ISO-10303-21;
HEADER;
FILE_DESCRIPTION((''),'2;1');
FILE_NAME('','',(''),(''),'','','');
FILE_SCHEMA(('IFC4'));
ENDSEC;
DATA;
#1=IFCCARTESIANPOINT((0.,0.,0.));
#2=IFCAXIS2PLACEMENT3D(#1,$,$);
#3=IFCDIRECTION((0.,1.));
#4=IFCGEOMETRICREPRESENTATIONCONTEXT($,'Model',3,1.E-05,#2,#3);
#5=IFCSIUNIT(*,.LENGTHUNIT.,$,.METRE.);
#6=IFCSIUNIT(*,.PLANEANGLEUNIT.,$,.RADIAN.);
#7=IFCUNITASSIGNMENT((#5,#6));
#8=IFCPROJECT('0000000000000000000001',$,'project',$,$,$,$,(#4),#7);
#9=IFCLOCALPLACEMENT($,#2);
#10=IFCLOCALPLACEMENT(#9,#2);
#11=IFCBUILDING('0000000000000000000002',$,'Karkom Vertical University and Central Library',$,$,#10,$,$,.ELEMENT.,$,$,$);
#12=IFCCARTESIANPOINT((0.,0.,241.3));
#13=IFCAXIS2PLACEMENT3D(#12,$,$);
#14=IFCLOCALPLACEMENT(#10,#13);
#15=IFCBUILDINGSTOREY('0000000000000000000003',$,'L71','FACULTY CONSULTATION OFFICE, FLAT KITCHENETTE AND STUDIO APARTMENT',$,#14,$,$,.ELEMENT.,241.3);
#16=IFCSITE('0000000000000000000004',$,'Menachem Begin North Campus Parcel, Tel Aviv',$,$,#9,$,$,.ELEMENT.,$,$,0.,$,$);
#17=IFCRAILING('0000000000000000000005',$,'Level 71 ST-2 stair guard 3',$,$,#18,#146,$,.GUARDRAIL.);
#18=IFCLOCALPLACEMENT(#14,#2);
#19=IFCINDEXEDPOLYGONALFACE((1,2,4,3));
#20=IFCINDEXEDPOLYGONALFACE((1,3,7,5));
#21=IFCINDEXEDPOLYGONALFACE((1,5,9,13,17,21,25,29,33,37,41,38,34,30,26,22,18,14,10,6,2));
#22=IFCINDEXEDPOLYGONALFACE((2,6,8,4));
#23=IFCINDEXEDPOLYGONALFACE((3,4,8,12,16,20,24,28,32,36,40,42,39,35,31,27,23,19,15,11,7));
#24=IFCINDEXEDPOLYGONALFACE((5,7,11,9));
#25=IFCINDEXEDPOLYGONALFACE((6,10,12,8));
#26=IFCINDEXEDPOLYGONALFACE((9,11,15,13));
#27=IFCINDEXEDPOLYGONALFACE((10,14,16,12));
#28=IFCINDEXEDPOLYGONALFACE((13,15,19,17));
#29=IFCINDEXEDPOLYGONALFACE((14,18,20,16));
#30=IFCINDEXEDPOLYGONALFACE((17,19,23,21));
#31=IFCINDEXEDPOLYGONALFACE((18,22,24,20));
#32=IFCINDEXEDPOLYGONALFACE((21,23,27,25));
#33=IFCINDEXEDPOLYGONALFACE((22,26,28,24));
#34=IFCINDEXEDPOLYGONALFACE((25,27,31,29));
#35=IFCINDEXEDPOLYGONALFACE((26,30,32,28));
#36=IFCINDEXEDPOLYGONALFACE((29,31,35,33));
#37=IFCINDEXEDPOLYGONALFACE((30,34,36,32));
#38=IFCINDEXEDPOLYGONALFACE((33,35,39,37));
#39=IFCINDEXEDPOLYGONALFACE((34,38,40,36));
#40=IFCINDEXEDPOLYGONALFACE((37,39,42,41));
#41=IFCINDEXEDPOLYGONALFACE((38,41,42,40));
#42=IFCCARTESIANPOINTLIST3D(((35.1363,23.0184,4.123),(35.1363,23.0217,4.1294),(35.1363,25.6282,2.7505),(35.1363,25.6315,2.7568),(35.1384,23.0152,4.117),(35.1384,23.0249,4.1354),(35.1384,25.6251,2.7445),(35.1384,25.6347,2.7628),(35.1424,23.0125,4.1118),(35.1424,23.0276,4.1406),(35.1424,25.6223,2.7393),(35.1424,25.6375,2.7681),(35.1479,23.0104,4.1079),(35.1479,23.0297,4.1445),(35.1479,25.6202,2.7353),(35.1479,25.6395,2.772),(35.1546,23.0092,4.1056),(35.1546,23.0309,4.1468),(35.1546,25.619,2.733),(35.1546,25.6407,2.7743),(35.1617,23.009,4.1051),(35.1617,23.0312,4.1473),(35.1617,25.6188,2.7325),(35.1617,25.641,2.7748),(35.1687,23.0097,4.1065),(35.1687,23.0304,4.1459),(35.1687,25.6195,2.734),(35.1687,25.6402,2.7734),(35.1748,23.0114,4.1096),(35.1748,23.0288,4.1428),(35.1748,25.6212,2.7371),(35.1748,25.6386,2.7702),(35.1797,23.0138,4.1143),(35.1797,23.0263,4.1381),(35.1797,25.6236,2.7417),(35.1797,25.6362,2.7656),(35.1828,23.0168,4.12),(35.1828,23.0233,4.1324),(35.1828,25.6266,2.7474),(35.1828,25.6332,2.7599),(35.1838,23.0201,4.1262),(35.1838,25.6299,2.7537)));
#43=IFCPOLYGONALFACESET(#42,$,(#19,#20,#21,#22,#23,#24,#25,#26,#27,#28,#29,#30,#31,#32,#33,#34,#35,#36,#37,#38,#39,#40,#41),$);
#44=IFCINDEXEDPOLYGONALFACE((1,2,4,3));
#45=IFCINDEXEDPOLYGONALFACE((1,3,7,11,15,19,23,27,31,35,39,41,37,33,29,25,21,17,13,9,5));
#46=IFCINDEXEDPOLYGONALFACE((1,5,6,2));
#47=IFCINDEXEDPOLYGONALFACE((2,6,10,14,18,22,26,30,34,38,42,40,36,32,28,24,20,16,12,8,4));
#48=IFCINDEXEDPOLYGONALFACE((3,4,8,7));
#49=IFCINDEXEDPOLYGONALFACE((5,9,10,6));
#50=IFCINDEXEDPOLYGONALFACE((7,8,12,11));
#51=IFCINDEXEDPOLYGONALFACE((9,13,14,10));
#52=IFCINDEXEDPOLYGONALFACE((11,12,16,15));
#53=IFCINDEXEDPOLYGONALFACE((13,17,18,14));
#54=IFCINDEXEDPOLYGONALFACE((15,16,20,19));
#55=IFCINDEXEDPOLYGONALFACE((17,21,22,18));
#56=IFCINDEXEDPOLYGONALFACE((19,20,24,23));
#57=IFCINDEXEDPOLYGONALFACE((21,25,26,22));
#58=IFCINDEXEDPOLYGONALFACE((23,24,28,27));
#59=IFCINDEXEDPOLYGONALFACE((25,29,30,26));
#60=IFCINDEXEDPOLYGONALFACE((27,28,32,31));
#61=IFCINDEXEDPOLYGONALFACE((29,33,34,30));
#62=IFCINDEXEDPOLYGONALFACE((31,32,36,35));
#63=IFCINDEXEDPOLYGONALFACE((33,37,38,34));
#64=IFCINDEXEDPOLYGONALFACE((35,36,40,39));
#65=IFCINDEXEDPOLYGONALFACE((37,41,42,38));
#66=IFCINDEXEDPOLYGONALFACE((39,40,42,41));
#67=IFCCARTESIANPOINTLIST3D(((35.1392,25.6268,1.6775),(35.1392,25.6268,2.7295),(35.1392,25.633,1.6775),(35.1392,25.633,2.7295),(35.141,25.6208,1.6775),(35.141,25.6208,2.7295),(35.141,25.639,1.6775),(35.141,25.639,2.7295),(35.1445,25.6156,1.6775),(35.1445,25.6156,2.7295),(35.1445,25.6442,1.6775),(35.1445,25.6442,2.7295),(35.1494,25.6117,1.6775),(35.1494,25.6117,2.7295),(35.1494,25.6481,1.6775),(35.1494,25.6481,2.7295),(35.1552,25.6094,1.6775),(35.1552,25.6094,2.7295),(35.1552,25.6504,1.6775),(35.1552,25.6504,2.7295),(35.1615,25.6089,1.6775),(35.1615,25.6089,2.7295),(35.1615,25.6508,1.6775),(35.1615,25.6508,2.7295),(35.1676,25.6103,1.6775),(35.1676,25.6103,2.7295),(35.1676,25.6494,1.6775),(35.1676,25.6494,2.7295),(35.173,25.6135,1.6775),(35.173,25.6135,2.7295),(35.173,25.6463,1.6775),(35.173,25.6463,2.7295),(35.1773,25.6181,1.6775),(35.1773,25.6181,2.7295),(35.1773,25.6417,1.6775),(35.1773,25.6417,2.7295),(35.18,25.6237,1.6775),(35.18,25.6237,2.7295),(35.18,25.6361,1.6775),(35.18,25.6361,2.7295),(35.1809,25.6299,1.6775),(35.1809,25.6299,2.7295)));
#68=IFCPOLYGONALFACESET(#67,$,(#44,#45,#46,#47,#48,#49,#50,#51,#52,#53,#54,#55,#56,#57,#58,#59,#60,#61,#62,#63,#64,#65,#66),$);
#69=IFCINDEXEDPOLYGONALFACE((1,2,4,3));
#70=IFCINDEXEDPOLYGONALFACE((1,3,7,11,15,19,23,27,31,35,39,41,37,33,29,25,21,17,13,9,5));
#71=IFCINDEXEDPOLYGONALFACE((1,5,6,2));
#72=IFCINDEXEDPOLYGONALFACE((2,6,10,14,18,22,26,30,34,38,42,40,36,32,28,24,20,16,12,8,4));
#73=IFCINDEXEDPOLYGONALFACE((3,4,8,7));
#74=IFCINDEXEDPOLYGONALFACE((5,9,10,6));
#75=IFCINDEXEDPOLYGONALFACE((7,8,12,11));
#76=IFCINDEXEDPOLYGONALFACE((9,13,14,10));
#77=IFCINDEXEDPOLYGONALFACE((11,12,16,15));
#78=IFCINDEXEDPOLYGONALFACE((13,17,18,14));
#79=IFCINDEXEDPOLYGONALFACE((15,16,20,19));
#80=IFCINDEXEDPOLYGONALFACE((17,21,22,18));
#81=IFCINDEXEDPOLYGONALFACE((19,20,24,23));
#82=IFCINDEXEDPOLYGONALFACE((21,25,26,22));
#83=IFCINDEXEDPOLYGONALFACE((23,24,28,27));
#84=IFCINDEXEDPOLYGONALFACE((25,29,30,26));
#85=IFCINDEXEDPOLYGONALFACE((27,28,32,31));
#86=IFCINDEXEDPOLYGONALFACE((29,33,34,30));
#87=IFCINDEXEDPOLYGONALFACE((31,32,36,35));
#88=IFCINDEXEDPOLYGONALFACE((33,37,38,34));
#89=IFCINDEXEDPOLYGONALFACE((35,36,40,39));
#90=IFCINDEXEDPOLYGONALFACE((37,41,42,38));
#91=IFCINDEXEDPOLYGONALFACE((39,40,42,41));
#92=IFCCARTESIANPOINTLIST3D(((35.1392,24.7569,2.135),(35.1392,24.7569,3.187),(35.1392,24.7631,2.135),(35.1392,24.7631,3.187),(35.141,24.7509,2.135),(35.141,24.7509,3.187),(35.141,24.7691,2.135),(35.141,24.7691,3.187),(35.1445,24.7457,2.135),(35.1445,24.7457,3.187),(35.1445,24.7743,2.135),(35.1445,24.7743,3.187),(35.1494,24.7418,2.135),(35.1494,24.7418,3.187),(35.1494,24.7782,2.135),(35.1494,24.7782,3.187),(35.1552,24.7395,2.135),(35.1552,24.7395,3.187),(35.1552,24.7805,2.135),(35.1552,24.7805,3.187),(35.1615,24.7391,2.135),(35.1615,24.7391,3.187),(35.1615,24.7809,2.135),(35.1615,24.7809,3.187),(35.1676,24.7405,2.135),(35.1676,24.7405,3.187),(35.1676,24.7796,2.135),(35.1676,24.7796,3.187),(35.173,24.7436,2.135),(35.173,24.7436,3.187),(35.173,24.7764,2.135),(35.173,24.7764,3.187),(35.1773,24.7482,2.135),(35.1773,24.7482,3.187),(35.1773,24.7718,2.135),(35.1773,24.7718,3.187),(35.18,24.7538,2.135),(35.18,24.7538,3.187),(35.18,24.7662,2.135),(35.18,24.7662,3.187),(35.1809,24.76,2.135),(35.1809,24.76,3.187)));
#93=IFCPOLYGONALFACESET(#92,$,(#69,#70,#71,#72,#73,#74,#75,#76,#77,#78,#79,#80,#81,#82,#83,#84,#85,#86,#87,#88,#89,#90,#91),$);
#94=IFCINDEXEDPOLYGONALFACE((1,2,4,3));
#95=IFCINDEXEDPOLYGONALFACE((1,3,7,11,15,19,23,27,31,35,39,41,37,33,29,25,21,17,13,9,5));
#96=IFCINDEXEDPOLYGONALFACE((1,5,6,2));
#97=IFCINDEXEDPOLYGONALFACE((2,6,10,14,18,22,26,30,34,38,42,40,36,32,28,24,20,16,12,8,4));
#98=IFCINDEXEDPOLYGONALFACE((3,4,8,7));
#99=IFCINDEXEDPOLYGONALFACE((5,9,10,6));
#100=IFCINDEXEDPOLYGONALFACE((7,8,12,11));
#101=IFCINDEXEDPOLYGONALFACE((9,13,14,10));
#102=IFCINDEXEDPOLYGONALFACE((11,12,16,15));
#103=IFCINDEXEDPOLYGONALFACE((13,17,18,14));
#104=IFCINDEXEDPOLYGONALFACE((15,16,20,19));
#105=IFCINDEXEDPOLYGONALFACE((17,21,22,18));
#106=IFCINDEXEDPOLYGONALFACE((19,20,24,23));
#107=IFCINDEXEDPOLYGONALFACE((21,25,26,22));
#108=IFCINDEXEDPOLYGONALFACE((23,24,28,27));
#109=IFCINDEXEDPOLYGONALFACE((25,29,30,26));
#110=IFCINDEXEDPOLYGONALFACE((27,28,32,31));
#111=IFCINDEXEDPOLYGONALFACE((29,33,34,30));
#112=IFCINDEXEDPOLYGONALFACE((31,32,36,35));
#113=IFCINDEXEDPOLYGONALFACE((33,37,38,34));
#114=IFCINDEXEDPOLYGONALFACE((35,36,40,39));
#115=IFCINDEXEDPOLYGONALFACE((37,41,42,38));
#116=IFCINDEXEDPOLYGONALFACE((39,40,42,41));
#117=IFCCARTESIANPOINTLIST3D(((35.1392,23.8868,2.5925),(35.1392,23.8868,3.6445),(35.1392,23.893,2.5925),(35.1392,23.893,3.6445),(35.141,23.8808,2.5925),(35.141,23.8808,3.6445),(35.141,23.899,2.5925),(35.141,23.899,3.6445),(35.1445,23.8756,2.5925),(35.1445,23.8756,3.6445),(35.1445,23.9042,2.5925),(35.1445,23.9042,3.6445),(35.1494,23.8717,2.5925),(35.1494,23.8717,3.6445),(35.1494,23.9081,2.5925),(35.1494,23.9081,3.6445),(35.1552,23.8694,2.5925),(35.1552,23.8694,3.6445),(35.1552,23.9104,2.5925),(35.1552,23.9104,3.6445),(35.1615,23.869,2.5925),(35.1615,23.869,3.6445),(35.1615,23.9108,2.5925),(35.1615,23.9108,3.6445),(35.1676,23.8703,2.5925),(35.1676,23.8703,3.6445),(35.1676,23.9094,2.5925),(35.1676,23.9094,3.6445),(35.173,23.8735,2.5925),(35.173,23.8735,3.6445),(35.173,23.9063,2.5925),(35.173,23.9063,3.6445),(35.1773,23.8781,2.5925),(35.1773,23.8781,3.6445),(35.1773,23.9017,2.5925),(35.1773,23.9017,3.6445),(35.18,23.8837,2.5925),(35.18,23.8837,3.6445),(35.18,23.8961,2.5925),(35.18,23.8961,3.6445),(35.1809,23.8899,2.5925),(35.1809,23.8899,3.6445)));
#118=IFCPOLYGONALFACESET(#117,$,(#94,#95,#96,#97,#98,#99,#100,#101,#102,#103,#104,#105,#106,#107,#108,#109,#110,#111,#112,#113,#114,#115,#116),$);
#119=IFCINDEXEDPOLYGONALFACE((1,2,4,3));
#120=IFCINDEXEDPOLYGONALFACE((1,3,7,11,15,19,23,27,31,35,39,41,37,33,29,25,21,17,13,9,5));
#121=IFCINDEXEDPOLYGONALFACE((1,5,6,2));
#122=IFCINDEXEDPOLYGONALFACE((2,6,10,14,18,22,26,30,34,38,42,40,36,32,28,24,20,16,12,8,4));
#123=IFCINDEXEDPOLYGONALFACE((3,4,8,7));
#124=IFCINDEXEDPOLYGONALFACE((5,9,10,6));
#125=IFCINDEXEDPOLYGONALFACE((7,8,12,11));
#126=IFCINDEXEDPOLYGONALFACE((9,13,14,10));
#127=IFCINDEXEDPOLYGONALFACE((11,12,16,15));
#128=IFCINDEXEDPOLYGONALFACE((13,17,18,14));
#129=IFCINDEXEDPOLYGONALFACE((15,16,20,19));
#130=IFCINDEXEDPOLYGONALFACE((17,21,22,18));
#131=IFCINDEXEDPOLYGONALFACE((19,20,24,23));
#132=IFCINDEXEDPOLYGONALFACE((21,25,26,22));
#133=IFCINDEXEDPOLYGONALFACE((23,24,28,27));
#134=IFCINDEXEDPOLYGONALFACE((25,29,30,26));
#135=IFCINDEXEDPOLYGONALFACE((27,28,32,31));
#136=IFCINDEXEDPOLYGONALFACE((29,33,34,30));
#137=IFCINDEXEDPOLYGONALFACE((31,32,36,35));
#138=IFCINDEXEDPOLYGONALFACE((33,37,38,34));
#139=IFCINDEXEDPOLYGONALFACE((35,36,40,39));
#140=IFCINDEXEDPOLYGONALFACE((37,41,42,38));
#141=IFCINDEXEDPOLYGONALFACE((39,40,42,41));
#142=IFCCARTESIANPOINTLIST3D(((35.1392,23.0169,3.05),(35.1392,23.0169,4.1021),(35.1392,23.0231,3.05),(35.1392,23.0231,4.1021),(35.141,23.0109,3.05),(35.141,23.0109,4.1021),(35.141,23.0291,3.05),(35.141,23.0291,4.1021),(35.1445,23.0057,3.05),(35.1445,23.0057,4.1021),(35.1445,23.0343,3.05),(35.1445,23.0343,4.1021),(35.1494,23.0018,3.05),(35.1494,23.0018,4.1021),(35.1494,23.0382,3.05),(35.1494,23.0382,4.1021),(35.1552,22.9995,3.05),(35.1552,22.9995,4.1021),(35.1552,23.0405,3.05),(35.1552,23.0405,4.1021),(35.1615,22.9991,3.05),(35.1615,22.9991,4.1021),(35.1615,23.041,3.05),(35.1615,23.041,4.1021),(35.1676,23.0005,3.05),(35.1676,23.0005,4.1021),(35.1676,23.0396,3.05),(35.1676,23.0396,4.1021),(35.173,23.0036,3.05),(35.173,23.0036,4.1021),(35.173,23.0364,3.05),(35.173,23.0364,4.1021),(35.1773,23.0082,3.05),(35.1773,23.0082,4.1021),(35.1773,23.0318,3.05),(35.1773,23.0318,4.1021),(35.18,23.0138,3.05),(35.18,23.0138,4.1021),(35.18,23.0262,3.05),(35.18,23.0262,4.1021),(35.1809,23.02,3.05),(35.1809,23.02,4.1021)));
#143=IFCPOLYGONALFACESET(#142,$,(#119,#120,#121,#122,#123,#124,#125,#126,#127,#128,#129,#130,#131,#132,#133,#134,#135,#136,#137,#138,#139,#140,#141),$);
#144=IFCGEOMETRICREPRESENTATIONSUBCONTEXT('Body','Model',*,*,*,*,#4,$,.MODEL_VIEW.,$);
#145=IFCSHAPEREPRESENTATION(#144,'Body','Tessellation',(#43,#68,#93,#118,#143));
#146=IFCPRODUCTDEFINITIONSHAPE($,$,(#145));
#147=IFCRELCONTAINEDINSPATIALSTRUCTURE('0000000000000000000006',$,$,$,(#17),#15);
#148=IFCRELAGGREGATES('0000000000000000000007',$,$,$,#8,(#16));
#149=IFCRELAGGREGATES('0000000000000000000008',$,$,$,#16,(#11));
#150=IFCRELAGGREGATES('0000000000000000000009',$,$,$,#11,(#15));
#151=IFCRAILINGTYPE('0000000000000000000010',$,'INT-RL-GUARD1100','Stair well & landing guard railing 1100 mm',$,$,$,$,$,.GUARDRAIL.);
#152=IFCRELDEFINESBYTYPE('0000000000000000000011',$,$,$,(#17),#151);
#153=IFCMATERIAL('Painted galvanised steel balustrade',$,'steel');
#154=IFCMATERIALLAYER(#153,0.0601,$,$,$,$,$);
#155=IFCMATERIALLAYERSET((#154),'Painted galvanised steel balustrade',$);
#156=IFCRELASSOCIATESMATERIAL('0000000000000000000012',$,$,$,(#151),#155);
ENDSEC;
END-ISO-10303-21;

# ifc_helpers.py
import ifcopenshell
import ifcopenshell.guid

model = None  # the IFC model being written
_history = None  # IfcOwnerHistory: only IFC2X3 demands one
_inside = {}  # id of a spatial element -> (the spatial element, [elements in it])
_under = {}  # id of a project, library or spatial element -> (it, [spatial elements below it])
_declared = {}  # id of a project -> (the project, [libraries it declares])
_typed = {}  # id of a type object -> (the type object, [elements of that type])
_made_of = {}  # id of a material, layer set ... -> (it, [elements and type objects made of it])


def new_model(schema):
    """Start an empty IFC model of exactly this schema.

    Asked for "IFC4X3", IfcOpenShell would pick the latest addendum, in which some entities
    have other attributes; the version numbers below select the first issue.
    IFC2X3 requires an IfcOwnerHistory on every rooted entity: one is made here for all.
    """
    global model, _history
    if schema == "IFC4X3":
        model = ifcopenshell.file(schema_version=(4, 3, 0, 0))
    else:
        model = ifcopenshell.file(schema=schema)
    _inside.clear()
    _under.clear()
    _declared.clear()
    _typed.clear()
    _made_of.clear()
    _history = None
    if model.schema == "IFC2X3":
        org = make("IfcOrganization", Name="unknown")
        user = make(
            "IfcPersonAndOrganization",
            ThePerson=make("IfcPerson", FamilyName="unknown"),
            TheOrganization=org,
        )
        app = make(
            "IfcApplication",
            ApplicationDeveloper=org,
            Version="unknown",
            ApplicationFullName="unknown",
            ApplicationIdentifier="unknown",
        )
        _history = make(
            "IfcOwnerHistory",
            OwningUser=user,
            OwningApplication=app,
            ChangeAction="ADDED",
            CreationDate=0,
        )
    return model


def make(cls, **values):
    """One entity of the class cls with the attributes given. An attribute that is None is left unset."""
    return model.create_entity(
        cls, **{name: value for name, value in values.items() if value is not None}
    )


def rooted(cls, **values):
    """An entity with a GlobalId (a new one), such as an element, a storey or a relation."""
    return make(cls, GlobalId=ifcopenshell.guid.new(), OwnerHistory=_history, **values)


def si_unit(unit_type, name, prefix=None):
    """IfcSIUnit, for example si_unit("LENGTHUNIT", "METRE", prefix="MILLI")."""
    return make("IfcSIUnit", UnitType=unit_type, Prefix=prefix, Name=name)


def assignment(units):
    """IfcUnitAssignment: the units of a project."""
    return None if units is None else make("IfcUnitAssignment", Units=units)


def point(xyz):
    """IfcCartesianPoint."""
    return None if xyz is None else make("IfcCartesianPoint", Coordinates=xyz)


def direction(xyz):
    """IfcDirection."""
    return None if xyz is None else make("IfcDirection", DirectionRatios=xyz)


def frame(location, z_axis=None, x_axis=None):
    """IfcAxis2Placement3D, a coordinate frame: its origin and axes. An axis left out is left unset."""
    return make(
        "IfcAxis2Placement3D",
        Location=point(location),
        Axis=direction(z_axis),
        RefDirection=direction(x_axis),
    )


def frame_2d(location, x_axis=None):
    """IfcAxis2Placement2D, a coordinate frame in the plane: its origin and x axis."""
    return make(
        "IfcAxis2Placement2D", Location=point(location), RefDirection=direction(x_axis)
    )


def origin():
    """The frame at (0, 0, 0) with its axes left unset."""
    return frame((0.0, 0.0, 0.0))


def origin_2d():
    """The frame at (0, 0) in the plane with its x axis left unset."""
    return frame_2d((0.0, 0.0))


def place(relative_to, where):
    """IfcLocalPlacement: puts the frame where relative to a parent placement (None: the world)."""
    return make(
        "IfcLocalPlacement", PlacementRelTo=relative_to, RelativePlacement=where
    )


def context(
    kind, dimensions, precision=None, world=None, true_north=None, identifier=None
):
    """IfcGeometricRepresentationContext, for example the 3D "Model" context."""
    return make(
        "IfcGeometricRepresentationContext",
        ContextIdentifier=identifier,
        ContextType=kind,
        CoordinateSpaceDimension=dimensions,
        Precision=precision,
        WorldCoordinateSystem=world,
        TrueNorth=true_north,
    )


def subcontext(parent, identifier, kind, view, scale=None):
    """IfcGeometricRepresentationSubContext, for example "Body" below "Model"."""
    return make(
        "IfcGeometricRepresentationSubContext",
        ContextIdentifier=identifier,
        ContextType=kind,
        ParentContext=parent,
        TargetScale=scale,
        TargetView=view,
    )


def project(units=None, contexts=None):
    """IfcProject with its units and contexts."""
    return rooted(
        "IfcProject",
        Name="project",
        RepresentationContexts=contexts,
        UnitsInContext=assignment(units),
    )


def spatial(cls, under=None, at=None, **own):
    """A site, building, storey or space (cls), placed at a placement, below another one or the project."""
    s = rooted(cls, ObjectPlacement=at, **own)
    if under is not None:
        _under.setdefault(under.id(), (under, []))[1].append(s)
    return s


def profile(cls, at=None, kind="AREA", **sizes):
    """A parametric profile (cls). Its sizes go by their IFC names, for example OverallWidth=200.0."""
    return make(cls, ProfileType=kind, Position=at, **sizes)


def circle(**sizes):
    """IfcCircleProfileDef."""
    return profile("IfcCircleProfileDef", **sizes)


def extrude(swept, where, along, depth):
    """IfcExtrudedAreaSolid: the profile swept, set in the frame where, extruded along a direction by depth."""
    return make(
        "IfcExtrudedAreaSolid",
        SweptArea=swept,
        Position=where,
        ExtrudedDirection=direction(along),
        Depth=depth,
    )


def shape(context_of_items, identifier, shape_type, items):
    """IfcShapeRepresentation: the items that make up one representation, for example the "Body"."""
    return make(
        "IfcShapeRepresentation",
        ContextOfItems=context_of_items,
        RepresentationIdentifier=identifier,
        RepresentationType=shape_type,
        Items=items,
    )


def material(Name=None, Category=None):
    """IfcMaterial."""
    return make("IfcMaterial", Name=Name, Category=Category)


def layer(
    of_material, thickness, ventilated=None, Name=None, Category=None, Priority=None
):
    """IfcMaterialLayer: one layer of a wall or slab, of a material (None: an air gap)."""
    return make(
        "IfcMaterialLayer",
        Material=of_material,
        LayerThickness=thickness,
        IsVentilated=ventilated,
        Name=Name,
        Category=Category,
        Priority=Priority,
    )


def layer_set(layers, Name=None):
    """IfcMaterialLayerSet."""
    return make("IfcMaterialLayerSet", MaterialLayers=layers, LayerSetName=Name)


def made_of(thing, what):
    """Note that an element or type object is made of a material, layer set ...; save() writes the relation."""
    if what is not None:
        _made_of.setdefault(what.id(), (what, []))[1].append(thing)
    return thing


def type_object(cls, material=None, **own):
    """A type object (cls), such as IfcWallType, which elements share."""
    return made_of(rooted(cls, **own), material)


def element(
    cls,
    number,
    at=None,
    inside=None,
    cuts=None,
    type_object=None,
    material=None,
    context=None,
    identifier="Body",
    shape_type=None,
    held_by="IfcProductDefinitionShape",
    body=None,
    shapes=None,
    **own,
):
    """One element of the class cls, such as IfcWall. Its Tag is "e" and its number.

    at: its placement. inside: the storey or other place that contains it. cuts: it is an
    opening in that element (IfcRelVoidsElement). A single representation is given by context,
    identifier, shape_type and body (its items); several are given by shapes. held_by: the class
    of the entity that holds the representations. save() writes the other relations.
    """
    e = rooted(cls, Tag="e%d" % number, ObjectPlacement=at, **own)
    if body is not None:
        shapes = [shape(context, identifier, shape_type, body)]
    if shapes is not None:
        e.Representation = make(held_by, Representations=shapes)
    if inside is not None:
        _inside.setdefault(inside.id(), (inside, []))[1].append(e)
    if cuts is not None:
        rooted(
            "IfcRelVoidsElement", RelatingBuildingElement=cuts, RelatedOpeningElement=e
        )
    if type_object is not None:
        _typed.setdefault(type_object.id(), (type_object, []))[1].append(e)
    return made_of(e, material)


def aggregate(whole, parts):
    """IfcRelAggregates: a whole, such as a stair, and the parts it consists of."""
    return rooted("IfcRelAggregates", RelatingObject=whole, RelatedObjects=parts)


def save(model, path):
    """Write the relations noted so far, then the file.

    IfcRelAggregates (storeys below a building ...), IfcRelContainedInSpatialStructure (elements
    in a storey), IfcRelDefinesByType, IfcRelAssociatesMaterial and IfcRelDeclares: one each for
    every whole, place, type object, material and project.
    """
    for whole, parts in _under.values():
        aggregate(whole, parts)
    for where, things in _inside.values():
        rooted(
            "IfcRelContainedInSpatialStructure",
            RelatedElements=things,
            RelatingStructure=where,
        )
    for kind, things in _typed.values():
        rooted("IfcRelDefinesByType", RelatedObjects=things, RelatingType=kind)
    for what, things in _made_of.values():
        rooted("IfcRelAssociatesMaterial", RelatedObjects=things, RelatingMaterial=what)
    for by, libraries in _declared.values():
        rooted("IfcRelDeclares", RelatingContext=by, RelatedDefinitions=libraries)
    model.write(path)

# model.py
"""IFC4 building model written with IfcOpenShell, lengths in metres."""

from ifc_helpers import new_model, si_unit, direction, frame, origin, origin_2d, place, context, subcontext, project, spatial, circle, extrude, material, layer, layer_set, type_object, element, save


model = new_model("IFC4")

# Units and contexts
model_context = context("Model", 3, precision=1e-05, world=origin(), true_north=direction((0.0, 1.0)))
body_context = subcontext(model_context, "Body", "Model", "MODEL_VIEW")
ifc_project = project(units=[si_unit("LENGTHUNIT", "METRE"), si_unit("PLANEANGLEUNIT", "RADIAN")], contexts=[model_context])

# Site, building, storey
site_placement = place(None, origin())
site = spatial("IfcSite", under=ifc_project, at=site_placement, Name="Menachem Begin North Campus Parcel, Tel Aviv", CompositionType="ELEMENT", RefElevation=0.0)
building_placement = place(site_placement, origin())
building = spatial("IfcBuilding", under=site, at=building_placement, Name="Karkom Vertical University and Central Library", CompositionType="ELEMENT")
storey_placement = place(building_placement, frame((0.0, 0.0, 241.3)))
storey = spatial("IfcBuildingStorey", under=building, at=storey_placement, Name="L71", Description="FACULTY CONSULTATION OFFICE, FLAT KITCHENETTE AND STUDIO APARTMENT", CompositionType="ELEMENT", Elevation=241.3)

# Railing
ifc_material_1 = material(Name="Painted galvanised steel balustrade", Category="steel")
ifc_layer_1 = layer(ifc_material_1, 0.0601)
ifc_layer_set_1 = layer_set([ifc_layer_1], Name="Painted galvanised steel balustrade")
railing_type_1 = type_object("IfcRailingType", Name="INT-RL-GUARD1100", Description="Stair well & landing guard railing 1100 mm", PredefinedType="GUARDRAIL", material=ifc_layer_set_1)
railing_1_placement = place(storey_placement, frame((35.1599, 25.6299, 1.6775)))
element("IfcRailing", 1, at=railing_1_placement, inside=storey, type_object=railing_type_1, Name="Level 71 ST-2 stair guard 3", PredefinedType="GUARDRAIL", context=body_context, shape_type="SweptSolid", body=[
    extrude(circle(Radius=0.0239, at=origin_2d()), frame((0.0, 0.0, 1.0762), z_axis=(0.0, -0.885065, 0.465467), x_axis=(1.0, 0.0, 0.0)), (0.0, 0.0, 1.0), 2.9487),
    extrude(circle(Radius=0.021, at=origin_2d()), origin(), (0.0, 0.0, 1.0), 1.052),
    extrude(circle(Radius=0.021, at=origin_2d()), frame((0.0, -0.8699, 0.4575)), (0.0, 0.0, 1.0), 1.052),
    extrude(circle(Radius=0.021, at=origin_2d()), frame((0.0, -1.74, 0.915)), (0.0, 0.0, 1.0), 1.052),
    extrude(circle(Radius=0.021, at=origin_2d()), frame((0.0, -2.6099, 1.3726)), (0.0, 0.0, 1.0), 1.052),
])

save(model, "model.ifc")
